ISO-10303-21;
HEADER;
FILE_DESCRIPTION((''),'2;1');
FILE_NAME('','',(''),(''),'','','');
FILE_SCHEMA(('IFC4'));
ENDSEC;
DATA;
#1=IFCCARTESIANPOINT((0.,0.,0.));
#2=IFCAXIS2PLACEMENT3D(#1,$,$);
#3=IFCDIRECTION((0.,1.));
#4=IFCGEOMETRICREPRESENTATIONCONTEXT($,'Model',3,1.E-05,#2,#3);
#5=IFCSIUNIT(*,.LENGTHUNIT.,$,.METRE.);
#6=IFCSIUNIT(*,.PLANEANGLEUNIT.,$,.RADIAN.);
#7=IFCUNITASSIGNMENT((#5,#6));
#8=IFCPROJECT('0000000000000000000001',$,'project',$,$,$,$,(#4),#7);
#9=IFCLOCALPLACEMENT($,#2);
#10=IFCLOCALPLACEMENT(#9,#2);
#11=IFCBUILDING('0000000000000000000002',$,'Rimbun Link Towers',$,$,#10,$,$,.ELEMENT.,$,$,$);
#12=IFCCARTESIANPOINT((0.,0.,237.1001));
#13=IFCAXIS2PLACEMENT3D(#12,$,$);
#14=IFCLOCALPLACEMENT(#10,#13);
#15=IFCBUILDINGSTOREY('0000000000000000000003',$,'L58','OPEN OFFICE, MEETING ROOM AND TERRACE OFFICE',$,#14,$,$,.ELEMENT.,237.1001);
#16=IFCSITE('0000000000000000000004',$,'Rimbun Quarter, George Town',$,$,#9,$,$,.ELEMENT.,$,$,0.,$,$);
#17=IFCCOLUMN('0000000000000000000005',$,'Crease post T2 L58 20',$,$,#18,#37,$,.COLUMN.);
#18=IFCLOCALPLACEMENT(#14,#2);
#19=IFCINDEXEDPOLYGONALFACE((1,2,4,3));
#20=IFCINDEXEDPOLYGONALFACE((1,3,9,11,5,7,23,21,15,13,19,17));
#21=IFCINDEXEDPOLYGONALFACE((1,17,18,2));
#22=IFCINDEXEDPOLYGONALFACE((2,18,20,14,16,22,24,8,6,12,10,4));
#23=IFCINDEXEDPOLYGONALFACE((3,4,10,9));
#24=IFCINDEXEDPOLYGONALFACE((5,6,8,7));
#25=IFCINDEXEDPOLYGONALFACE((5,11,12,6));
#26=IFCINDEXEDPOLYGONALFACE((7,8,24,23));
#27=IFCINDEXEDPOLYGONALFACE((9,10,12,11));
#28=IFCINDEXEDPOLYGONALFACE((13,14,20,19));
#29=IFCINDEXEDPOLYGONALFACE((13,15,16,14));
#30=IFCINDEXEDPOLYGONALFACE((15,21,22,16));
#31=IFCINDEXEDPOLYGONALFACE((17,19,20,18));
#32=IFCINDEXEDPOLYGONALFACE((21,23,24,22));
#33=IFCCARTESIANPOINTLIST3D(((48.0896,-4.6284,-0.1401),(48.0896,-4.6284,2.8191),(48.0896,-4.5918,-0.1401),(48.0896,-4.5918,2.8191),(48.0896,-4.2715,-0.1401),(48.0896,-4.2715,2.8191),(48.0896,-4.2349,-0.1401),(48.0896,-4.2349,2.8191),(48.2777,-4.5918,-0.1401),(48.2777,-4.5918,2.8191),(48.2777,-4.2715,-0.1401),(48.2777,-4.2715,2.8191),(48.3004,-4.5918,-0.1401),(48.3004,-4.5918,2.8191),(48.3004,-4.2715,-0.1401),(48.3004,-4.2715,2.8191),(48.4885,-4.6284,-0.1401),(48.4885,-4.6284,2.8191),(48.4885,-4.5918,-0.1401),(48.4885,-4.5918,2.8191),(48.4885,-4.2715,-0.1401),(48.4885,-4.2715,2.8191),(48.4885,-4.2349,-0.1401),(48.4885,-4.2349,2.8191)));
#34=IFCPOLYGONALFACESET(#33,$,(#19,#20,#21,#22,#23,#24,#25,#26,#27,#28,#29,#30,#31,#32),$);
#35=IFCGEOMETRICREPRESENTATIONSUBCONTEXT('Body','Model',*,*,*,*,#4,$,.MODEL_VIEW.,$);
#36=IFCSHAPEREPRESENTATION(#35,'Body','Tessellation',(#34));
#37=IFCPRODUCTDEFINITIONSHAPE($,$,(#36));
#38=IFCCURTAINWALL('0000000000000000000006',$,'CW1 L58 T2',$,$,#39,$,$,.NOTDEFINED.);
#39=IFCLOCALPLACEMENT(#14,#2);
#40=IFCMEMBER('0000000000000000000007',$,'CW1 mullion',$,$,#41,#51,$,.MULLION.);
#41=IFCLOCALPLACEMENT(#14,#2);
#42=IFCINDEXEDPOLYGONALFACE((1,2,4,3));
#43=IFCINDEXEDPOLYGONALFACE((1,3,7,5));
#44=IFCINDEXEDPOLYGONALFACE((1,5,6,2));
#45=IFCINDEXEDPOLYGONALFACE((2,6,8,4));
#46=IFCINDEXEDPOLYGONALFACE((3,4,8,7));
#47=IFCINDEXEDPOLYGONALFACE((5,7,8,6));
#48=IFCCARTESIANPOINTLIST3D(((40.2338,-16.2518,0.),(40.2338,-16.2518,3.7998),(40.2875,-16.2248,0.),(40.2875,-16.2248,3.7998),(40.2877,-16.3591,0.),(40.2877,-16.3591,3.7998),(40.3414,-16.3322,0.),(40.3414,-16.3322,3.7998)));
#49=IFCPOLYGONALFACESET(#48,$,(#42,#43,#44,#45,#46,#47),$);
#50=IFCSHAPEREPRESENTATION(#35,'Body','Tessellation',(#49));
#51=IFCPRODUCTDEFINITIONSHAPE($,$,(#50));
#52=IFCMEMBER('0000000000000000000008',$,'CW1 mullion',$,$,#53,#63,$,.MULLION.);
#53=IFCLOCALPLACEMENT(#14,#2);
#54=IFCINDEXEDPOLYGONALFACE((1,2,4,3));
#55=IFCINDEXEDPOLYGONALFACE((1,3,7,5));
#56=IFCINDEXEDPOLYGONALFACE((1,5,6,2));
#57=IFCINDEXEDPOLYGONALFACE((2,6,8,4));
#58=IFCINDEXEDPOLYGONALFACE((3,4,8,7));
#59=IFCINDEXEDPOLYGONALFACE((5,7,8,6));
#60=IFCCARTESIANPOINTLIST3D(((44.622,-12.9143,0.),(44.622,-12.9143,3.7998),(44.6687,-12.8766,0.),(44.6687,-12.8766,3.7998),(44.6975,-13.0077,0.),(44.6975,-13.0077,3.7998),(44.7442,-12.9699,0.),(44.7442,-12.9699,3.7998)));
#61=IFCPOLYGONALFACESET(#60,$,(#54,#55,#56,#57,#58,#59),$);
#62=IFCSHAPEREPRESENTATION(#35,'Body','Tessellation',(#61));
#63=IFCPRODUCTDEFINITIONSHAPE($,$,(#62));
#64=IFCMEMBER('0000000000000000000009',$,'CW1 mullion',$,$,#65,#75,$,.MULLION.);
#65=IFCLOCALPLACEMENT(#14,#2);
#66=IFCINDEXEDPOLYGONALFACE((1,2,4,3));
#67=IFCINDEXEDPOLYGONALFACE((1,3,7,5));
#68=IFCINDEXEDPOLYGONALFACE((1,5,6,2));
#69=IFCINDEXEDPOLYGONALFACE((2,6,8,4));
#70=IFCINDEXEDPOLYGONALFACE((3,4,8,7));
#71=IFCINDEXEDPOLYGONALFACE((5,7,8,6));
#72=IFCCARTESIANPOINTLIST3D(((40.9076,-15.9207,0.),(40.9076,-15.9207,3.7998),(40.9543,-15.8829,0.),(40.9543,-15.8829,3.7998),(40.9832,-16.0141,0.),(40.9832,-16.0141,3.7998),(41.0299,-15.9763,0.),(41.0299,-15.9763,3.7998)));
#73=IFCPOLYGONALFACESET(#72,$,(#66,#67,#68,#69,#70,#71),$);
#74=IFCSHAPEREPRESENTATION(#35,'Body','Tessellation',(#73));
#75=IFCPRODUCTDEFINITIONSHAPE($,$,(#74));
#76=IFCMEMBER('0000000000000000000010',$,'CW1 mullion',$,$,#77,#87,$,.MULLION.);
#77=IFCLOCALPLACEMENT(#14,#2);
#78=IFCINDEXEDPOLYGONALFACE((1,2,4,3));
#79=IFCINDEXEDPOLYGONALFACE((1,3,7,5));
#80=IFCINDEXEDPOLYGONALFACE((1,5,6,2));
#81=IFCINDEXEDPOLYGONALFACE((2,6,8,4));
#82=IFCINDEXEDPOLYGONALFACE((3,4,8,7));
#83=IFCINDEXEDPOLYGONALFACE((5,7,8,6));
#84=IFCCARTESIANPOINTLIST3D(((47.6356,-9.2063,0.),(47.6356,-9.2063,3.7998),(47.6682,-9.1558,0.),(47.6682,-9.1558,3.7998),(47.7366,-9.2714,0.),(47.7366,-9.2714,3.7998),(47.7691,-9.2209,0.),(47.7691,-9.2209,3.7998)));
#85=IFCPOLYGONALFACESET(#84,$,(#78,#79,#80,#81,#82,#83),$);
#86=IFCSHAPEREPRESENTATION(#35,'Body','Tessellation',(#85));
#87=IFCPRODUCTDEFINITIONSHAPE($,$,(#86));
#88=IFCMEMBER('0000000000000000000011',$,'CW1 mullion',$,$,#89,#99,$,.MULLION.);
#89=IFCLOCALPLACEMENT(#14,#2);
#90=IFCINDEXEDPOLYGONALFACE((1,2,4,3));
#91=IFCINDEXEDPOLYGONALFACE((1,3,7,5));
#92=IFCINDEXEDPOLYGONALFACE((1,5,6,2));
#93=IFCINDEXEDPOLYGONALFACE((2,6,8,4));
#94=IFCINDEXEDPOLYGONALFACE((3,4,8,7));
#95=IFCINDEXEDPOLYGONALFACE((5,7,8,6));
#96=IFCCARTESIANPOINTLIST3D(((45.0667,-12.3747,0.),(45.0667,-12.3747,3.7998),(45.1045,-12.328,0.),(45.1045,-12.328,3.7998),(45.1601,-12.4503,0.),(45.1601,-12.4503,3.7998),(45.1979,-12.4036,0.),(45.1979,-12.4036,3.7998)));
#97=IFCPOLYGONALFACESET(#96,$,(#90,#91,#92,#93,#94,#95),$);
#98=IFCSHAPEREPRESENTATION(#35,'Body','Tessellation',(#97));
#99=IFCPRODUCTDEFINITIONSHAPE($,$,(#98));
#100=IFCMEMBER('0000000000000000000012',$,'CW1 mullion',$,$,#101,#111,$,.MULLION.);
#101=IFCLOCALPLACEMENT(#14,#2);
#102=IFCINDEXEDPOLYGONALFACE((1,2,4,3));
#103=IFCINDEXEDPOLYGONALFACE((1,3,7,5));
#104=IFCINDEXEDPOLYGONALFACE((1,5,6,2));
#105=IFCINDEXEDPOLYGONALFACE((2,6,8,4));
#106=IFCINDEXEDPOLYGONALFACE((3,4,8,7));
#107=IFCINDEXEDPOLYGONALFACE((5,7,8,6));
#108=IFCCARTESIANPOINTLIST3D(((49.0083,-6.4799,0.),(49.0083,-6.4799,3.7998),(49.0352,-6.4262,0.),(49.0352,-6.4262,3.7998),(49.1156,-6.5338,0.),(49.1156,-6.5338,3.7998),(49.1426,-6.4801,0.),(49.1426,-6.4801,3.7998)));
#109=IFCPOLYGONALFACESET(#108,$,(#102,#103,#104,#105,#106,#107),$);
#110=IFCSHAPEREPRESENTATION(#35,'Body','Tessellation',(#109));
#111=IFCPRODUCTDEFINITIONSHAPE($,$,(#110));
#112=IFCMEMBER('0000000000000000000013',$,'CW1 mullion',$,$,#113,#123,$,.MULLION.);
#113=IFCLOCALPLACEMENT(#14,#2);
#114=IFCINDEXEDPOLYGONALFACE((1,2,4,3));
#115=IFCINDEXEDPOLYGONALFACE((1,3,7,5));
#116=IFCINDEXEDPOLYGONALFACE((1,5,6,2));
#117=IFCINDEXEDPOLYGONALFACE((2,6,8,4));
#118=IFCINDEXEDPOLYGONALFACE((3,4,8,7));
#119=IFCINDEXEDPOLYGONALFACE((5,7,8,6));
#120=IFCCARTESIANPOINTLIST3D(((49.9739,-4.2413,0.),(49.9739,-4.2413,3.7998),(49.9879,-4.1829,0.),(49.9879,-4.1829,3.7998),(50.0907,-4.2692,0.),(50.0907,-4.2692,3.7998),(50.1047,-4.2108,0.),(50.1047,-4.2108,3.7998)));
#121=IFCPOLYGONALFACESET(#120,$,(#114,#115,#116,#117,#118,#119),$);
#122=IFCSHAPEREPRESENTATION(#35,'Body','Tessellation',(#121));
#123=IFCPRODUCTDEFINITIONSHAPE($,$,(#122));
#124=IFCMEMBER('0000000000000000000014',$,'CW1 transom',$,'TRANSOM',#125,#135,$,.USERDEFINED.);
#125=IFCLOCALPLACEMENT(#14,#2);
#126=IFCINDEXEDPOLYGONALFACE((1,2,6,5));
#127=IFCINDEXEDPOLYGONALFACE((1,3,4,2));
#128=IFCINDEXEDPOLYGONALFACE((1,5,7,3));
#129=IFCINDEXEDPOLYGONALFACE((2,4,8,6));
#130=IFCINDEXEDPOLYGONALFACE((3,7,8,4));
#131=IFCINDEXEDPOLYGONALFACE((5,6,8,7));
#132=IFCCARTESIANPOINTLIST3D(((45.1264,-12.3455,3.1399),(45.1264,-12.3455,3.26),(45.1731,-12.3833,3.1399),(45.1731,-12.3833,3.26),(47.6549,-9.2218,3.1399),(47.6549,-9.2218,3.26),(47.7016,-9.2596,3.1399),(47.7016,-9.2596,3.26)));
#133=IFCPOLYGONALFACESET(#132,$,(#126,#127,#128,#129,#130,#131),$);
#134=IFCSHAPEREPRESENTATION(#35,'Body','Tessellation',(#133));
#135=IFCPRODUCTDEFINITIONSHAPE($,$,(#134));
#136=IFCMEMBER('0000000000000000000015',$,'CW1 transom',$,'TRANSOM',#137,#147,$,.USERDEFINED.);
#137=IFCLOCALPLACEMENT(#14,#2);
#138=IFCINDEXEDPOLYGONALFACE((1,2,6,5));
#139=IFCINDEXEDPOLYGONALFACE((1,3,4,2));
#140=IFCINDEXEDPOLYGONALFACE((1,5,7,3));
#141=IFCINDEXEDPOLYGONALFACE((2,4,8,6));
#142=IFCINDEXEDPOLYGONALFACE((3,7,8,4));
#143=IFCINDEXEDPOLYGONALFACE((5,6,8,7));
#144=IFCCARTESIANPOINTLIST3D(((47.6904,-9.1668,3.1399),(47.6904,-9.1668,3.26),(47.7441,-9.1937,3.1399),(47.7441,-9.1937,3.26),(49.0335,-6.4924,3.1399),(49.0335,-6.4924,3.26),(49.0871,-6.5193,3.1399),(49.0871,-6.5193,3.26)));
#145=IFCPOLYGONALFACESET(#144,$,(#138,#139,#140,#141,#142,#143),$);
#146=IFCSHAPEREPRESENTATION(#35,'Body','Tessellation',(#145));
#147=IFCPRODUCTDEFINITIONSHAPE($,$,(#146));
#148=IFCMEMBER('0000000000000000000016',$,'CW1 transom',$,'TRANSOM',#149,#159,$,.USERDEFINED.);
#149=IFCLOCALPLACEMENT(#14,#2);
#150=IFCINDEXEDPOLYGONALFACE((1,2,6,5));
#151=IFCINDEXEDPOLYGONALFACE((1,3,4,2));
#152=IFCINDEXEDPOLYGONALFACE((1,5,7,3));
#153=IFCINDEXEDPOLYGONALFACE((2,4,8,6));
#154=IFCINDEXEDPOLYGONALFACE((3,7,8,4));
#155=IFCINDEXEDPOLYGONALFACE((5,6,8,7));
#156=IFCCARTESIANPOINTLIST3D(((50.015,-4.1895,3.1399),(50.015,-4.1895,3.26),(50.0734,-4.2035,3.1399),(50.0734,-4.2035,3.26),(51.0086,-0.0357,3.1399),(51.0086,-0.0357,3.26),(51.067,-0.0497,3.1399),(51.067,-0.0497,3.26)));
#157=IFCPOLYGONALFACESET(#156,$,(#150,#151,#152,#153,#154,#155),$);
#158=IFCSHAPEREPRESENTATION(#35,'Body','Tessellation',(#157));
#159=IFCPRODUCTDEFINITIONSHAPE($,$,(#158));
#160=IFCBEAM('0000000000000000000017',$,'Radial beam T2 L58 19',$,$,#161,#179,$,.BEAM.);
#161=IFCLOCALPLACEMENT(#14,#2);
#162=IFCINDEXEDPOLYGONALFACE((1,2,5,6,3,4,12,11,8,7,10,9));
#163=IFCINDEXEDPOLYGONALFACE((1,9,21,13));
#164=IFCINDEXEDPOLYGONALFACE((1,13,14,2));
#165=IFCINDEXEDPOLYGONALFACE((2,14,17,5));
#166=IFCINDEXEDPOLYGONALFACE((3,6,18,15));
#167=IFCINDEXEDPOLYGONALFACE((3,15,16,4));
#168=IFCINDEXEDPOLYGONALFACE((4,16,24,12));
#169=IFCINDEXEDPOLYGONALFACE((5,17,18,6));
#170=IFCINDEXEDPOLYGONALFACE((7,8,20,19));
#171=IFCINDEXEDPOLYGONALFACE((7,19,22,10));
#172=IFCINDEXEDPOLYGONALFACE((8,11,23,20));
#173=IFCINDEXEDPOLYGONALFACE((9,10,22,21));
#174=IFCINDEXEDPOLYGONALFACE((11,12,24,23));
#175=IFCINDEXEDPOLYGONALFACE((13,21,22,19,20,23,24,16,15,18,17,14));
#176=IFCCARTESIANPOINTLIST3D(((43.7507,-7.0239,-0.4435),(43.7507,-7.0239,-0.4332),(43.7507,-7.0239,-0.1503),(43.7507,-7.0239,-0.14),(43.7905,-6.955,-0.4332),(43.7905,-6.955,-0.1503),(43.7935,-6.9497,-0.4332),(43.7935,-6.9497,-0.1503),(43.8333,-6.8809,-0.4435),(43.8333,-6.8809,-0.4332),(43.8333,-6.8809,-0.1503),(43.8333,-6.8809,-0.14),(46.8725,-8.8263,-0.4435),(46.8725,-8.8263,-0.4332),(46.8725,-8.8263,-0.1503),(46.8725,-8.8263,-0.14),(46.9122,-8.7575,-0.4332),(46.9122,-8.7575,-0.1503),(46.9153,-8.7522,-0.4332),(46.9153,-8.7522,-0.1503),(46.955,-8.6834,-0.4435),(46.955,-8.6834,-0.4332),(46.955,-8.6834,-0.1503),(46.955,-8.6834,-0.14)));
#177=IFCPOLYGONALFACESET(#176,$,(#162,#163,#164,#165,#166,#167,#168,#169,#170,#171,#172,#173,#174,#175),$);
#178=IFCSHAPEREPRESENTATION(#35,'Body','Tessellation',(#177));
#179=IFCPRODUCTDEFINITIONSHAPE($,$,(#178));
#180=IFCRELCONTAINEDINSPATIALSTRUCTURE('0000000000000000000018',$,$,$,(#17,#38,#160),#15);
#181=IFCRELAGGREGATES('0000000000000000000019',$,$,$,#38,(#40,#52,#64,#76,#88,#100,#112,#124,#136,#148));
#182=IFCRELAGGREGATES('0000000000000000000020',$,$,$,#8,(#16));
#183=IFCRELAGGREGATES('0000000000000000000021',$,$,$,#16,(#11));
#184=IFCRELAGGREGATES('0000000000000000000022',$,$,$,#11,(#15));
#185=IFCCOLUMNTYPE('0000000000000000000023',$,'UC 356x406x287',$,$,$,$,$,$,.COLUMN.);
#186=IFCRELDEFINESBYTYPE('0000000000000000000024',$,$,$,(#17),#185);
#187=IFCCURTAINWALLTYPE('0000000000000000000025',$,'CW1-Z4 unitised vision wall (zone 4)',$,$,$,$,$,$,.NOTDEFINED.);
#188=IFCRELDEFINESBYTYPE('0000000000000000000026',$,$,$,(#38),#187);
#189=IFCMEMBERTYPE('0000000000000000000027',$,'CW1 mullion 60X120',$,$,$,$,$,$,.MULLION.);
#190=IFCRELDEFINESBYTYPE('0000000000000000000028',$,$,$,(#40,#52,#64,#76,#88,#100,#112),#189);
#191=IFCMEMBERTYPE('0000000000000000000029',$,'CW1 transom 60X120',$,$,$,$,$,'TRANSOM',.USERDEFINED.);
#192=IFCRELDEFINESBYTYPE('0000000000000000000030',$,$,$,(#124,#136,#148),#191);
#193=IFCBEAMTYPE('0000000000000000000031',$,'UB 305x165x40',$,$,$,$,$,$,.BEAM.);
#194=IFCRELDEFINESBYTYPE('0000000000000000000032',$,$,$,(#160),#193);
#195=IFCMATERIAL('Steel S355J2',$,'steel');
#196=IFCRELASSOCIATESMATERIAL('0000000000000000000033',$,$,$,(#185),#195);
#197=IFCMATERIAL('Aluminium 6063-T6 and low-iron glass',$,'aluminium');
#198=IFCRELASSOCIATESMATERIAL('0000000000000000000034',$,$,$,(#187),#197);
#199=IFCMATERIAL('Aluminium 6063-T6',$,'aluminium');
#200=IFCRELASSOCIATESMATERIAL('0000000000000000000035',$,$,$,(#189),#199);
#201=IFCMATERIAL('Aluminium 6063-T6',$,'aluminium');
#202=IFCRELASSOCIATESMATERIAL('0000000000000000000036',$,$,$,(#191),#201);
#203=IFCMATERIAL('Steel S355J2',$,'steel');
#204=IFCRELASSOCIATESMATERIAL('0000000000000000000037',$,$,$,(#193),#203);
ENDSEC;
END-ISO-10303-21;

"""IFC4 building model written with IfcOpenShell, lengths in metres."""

from ifc_helpers import new_model, si_unit, direction, frame, origin, origin_2d, place, context, subcontext, project, spatial, rectangle, i_section, extrude, material, material_profile, profile_set, type_object, element, aggregate, save


model = new_model("IFC4")

# Units and contexts
model_context = context("Model", 3, precision=1e-05, world=origin(), true_north=direction((0.0, 1.0)))
body_context = subcontext(model_context, "Body", "Model", "MODEL_VIEW")
ifc_project = project(units=[si_unit("LENGTHUNIT", "METRE"), si_unit("PLANEANGLEUNIT", "RADIAN")], contexts=[model_context])

# Site, building, storey
site_placement = place(None, origin())
site = spatial("IfcSite", under=ifc_project, at=site_placement, Name="Rimbun Quarter, George Town", CompositionType="ELEMENT", RefElevation=0.0)
building_placement = place(site_placement, origin())
building = spatial("IfcBuilding", under=site, at=building_placement, Name="Rimbun Link Towers", CompositionType="ELEMENT")
storey_placement = place(building_placement, frame((0.0, 0.0, 237.1001)))
storey = spatial("IfcBuildingStorey", under=building, at=storey_placement, Name="L58", Description="OPEN OFFICE, MEETING ROOM AND TERRACE OFFICE", CompositionType="ELEMENT", Elevation=237.1001)

# Column
ifc_material_1 = material(Name="Steel S355J2", Category="steel")
ifc_material_profile_1 = material_profile(ifc_material_1, i_section(OverallWidth=0.3989, OverallDepth=0.3936, WebThickness=0.0227, FlangeThickness=0.0366, at=origin_2d()), Name="UC 356x406x287")
ifc_profile_set_1 = profile_set([ifc_material_profile_1], Name="Steel S355J2")
column_type = type_object("IfcColumnType", Name="UC 356x406x287", PredefinedType="COLUMN", material=ifc_profile_set_1)
column_placement = place(storey_placement, frame((48.2891, -4.4316, -0.1401), z_axis=(0.0, 0.0, 1.0), x_axis=(1.0, 0.0, 0.0)))
element("IfcColumn", 1, at=column_placement, inside=storey, type_object=column_type, Name="Crease post T2 L58 20", PredefinedType="COLUMN", context=body_context, shape_type="SweptSolid", body=[
    extrude(i_section(OverallWidth=0.3989, OverallDepth=0.3936, WebThickness=0.0227, FlangeThickness=0.0366, at=origin_2d()), origin(), (0.0, 0.0, 1.0), 2.9592),
])

# Curtain wall, members
ifc_material_2 = material(Name="Aluminium 6063-T6 and low-iron glass", Category="aluminium")
curtain_wall_type = type_object("IfcCurtainWallType", Name="CW1-Z4 unitised vision wall (zone 4)", PredefinedType="NOTDEFINED", material=ifc_material_2)
curtain_wall_placement = place(storey_placement, origin())
curtain_wall = element("IfcCurtainWall", 2, at=curtain_wall_placement, inside=storey, type_object=curtain_wall_type, Name="CW1 L58 T2", PredefinedType="NOTDEFINED")
ifc_material_3 = material(Name="Aluminium 6063-T6", Category="aluminium")
ifc_material_profile_2 = material_profile(ifc_material_3, rectangle(XDim=0.1201, YDim=0.0601, at=origin_2d()), Name="MULLION 60X120")
ifc_profile_set_2 = profile_set([ifc_material_profile_2], Name="Aluminium 6063-T6")
member_type_1 = type_object("IfcMemberType", Name="CW1 mullion 60X120", PredefinedType="MULLION", material=ifc_profile_set_2)
member_1_placement = place(storey_placement, frame((40.2876, -16.292, 0.0), z_axis=(0.0, 0.0, 1.0), x_axis=(0.448779, -0.893643, 0.0)))
member_1 = element("IfcMember", 3, at=member_1_placement, type_object=member_type_1, Name="CW1 mullion", PredefinedType="MULLION", context=body_context, shape_type="SweptSolid", body=[
    extrude(rectangle(XDim=0.1201, YDim=0.0601, at=origin_2d()), origin(), (0.0, 0.0, 1.0), 3.7998),
])
member_2_placement = place(storey_placement, frame((44.6831, -12.9421, 0.0), z_axis=(0.0, 0.0, 1.0), x_axis=(0.629148, -0.777285, 0.0)))
member_2 = element("IfcMember", 4, at=member_2_placement, type_object=member_type_1, Name="CW1 mullion", PredefinedType="MULLION", context=body_context, shape_type="SweptSolid", body=[
    extrude(rectangle(XDim=0.1201, YDim=0.0601, at=origin_2d()), origin(), (0.0, 0.0, 1.0), 3.7998),
])
member_3_placement = place(storey_placement, frame((40.9688, -15.9485, 0.0), z_axis=(0.0, 0.0, 1.0), x_axis=(0.629148, -0.777285, 0.0)))
member_3 = element("IfcMember", 5, at=member_3_placement, type_object=member_type_1, Name="CW1 mullion", PredefinedType="MULLION", context=body_context, shape_type="SweptSolid", body=[
    extrude(rectangle(XDim=0.1201, YDim=0.0601, at=origin_2d()), origin(), (0.0, 0.0, 1.0), 3.7998),
])
member_4_placement = place(storey_placement, frame((47.7024, -9.2136, 0.0), z_axis=(0.0, 0.0, 1.0), x_axis=(0.840317, -0.542095, 0.0)))
member_4 = element("IfcMember", 6, at=member_4_placement, type_object=member_type_1, Name="CW1 mullion", PredefinedType="MULLION", context=body_context, shape_type="SweptSolid", body=[
    extrude(rectangle(XDim=0.1201, YDim=0.0601, at=origin_2d()), origin(), (0.0, 0.0, 1.0), 3.7998),
])
member_5_placement = place(storey_placement, frame((45.1323, -12.3892, 0.0), z_axis=(0.0, 0.0, 1.0), x_axis=(0.777285, -0.629148, 0.0)))
member_5 = element("IfcMember", 7, at=member_5_placement, type_object=member_type_1, Name="CW1 mullion", PredefinedType="MULLION", context=body_context, shape_type="SweptSolid", body=[
    extrude(rectangle(XDim=0.1201, YDim=0.0601, at=origin_2d()), origin(), (0.0, 0.0, 1.0), 3.7998),
])
member_6_placement = place(storey_placement, frame((49.0754, -6.48, 0.0), z_axis=(0.0, 0.0, 1.0), x_axis=(0.893643, -0.448779, 0.0)))
member_6 = element("IfcMember", 8, at=member_6_placement, type_object=member_type_1, Name="CW1 mullion", PredefinedType="MULLION", context=body_context, shape_type="SweptSolid", body=[
    extrude(rectangle(XDim=0.1201, YDim=0.0601, at=origin_2d()), origin(), (0.0, 0.0, 1.0), 3.7998),
])
member_7_placement = place(storey_placement, frame((50.0393, -4.2261, 0.0), z_axis=(0.0, 0.0, 1.0), x_axis=(0.972572, -0.232603, 0.0)))
member_7 = element("IfcMember", 9, at=member_7_placement, type_object=member_type_1, Name="CW1 mullion", PredefinedType="MULLION", context=body_context, shape_type="SweptSolid", body=[
    extrude(rectangle(XDim=0.1201, YDim=0.0601, at=origin_2d()), origin(), (0.0, 0.0, 1.0), 3.7998),
])
ifc_material_4 = material(Name="Aluminium 6063-T6", Category="aluminium")
ifc_material_profile_3 = material_profile(ifc_material_4, rectangle(XDim=0.0601, YDim=0.1201, at=origin_2d()), Name="TRANSOM 60X120")
ifc_profile_set_3 = profile_set([ifc_material_profile_3], Name="Aluminium 6063-T6")
member_type_2 = type_object("IfcMemberType", Name="CW1 transom 60X120", ElementType="TRANSOM", PredefinedType="USERDEFINED", material=ifc_profile_set_3)
member_8_placement = place(storey_placement, frame((47.6782, -9.2407, 3.2), z_axis=(-0.629167, -0.77727, 0.0), x_axis=(0.77727, -0.629167, 0.0)))
member_8 = element("IfcMember", 10, at=member_8_placement, type_object=member_type_2, Name="CW1 transom", ObjectType="TRANSOM", PredefinedType="USERDEFINED", context=body_context, shape_type="SweptSolid", body=[
    extrude(rectangle(XDim=0.0601, YDim=0.1201, at=origin_2d()), origin(), (0.0, 0.0, 1.0), 4.0188),
])
member_9_placement = place(storey_placement, frame((49.0603, -6.5059, 3.2), z_axis=(-0.448779, -0.893643, 0.0), x_axis=(0.893643, -0.448779, 0.0)))
member_9 = element("IfcMember", 11, at=member_9_placement, type_object=member_type_2, Name="CW1 transom", ObjectType="TRANSOM", PredefinedType="USERDEFINED", context=body_context, shape_type="SweptSolid", body=[
    extrude(rectangle(XDim=0.0601, YDim=0.1201, at=origin_2d()), origin(), (0.0, 0.0, 1.0), 2.9927),
])
member_10_placement = place(storey_placement, frame((51.0378, -0.0427, 3.2), z_axis=(-0.232651, -0.97256, 0.0), x_axis=(0.97256, -0.232651, 0.0)))
member_10 = element("IfcMember", 12, at=member_10_placement, type_object=member_type_2, Name="CW1 transom", ObjectType="TRANSOM", PredefinedType="USERDEFINED", context=body_context, shape_type="SweptSolid", body=[
    extrude(rectangle(XDim=0.0601, YDim=0.1201, at=origin_2d()), origin(), (0.0, 0.0, 1.0), 4.271),
])

# Beam
ifc_material_5 = material(Name="Steel S355J2", Category="steel")
ifc_material_profile_4 = material_profile(ifc_material_5, i_section(OverallWidth=0.165, OverallDepth=0.3035, WebThickness=0.0061, FlangeThickness=0.0103, at=origin_2d()), Name="UB 305x165x40")
ifc_profile_set_4 = profile_set([ifc_material_profile_4], Name="Steel S355J2")
beam_type_1 = type_object("IfcBeamType", Name="UB 305x165x40", PredefinedType="BEAM", material=ifc_profile_set_4)
beam_1_placement = place(storey_placement, frame((43.792, -6.9524, -0.2917), z_axis=(0.866013, -0.500021, 0.0), x_axis=(0.500021, 0.866013, 0.0)))
element("IfcBeam", 13, at=beam_1_placement, inside=storey, type_object=beam_type_1, Name="Radial beam T2 L58 19", PredefinedType="BEAM", context=body_context, shape_type="SweptSolid", body=[
    extrude(i_section(OverallWidth=0.165, OverallDepth=0.3035, WebThickness=0.0061, FlangeThickness=0.0103, at=origin_2d()), origin(), (0.0, 0.0, 1.0), 3.6047),
])

aggregate(curtain_wall, [member_1, member_2, member_3, member_4, member_5, member_6, member_7, member_8, member_9, member_10])

save(model, "model.ifc")
